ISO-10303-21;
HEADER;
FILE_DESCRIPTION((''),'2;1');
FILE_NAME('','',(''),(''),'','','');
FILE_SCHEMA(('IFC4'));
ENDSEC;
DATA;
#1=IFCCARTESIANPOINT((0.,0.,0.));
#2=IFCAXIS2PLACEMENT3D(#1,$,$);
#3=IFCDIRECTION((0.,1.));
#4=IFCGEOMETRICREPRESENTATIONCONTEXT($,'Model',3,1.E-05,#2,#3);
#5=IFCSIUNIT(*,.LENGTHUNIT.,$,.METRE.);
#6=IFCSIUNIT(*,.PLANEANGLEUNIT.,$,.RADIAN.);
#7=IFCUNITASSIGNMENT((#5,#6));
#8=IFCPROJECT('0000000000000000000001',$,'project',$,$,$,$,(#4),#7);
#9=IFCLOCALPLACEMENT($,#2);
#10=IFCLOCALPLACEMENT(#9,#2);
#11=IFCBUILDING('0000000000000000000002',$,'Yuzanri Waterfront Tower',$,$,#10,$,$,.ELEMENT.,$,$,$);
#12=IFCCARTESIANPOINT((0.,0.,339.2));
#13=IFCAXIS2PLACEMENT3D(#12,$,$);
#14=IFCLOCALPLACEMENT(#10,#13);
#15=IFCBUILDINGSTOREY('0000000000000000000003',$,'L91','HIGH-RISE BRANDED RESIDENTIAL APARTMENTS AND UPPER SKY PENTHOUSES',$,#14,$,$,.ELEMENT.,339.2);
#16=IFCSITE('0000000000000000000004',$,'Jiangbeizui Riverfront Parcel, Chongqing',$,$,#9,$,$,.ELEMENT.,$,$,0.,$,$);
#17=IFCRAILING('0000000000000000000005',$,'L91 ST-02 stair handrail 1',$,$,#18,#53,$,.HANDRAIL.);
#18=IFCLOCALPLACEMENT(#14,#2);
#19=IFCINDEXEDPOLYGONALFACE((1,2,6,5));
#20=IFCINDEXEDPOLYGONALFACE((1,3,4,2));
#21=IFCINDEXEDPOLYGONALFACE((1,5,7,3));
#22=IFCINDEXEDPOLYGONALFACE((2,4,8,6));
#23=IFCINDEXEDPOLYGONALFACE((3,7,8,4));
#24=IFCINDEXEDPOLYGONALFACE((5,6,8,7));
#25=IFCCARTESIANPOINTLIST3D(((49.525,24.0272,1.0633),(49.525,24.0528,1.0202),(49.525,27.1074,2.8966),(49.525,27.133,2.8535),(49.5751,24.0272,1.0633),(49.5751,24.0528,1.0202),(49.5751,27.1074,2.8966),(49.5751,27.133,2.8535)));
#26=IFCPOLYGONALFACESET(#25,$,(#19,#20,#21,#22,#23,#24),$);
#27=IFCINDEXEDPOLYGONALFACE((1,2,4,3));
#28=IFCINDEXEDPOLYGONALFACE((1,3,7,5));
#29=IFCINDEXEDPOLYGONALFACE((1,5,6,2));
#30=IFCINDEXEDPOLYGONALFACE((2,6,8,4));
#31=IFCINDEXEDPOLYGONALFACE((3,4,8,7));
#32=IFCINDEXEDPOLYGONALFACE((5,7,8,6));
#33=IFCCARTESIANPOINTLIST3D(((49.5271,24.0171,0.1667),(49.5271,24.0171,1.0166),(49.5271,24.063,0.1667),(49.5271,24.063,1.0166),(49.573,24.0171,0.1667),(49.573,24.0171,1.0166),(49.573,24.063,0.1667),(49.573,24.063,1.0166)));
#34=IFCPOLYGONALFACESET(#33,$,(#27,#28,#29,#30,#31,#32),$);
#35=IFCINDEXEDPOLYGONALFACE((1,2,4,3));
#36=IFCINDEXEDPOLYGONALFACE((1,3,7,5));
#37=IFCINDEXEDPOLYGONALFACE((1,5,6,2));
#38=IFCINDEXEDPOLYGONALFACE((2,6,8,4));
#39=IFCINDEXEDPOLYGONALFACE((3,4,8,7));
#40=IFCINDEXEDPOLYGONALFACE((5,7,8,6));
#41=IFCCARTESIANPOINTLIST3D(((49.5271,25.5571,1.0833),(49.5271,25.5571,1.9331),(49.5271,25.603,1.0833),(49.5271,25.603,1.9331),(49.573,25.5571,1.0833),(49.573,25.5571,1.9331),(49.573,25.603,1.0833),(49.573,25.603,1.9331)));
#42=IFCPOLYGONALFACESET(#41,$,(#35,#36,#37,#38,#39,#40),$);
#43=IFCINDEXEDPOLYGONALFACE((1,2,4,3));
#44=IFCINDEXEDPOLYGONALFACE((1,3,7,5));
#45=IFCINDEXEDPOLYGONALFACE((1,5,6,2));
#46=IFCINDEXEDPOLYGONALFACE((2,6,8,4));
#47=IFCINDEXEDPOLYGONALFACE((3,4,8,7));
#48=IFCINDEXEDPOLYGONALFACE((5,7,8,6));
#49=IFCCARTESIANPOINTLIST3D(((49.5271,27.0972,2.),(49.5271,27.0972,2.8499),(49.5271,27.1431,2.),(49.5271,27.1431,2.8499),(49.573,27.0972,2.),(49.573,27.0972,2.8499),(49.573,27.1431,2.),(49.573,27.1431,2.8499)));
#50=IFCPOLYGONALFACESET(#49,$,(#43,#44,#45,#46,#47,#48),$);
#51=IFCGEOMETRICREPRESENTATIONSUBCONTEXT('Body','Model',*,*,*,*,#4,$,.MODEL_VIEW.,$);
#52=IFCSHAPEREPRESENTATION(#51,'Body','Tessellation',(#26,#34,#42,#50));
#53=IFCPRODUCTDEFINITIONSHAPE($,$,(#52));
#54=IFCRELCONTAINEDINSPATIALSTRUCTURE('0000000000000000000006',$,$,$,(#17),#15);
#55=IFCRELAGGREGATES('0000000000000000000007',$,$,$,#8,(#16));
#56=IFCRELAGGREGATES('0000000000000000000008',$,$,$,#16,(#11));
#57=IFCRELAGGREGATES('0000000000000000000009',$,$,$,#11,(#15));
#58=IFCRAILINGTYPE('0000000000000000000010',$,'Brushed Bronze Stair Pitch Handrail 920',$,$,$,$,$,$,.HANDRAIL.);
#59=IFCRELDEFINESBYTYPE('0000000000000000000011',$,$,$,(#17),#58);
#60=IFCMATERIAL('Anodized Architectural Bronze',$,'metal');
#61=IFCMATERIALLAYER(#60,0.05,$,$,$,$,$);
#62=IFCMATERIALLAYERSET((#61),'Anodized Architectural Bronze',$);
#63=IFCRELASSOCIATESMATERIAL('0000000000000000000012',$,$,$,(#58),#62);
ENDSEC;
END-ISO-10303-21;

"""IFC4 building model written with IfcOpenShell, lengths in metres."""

from ifc_helpers import new_model, si_unit, direction, frame, origin, origin_2d, place, context, subcontext, project, spatial, rectangle, extrude, source, transform, mapped, material, layer, layer_set, type_object, element, save


model = new_model("IFC4")

# Units and contexts
model_context = context("Model", 3, precision=1e-05, world=origin(), true_north=direction((0.0, 1.0)))
body_context = subcontext(model_context, "Body", "Model", "MODEL_VIEW")
ifc_project = project(units=[si_unit("LENGTHUNIT", "METRE"), si_unit("PLANEANGLEUNIT", "RADIAN")], contexts=[model_context])

# Site, building, storey
site_placement = place(None, origin())
site = spatial("IfcSite", under=ifc_project, at=site_placement, Name="Jiangbeizui Riverfront Parcel, Chongqing", CompositionType="ELEMENT", RefElevation=0.0)
building_placement = place(site_placement, origin())
building = spatial("IfcBuilding", under=site, at=building_placement, Name="Yuzanri Waterfront Tower", CompositionType="ELEMENT")
storey_placement = place(building_placement, frame((0.0, 0.0, 339.2)))
storey = spatial("IfcBuildingStorey", under=building, at=storey_placement, Name="L91", Description="HIGH-RISE BRANDED RESIDENTIAL APARTMENTS AND UPPER SKY PENTHOUSES", CompositionType="ELEMENT", Elevation=339.2)

# Railing
ifc_material_1 = material(Name="Anodized Architectural Bronze", Category="metal")
ifc_layer_1 = layer(ifc_material_1, 0.05)
ifc_layer_set_1 = layer_set([ifc_layer_1], Name="Anodized Architectural Bronze")
railing_type = type_object("IfcRailingType", Name="Brushed Bronze Stair Pitch Handrail 920", PredefinedType="HANDRAIL", material=ifc_layer_set_1)
shared_shape_1 = source(origin(), body_context, "Body", "SweptSolid", [
    extrude(rectangle(XDim=0.05, YDim=0.05, at=origin_2d()), frame((0.0, 0.0, 0.875), z_axis=(0.0, 0.859309, 0.511458), x_axis=(-1.0, 0.0, 0.0)), (0.0, 0.0, 1.0), 3.5845),
    extrude(rectangle(XDim=0.0459, YDim=0.0459, at=origin_2d()), origin(), (0.0, 0.0, 1.0), 0.8499),
    extrude(rectangle(XDim=0.0459, YDim=0.0459, at=origin_2d()), frame((0.0, 1.54, 0.9165)), (0.0, 0.0, 1.0), 0.8499),
    extrude(rectangle(XDim=0.0459, YDim=0.0459, at=origin_2d()), frame((0.0, 3.0801, 1.8333)), (0.0, 0.0, 1.0), 0.8499),
])
railing_placement = place(storey_placement, frame((49.55, 24.04, 0.1667)))
element("IfcRailing", 1, at=railing_placement, inside=storey, type_object=railing_type, Name="L91 ST-02 stair handrail 1", PredefinedType="HANDRAIL", context=body_context, shape_type="MappedRepresentation", body=[
    mapped(shared_shape_1, transform((0.0, 0.0, 0.0), scale=1.0)),
])

save(model, "model.ifc")
